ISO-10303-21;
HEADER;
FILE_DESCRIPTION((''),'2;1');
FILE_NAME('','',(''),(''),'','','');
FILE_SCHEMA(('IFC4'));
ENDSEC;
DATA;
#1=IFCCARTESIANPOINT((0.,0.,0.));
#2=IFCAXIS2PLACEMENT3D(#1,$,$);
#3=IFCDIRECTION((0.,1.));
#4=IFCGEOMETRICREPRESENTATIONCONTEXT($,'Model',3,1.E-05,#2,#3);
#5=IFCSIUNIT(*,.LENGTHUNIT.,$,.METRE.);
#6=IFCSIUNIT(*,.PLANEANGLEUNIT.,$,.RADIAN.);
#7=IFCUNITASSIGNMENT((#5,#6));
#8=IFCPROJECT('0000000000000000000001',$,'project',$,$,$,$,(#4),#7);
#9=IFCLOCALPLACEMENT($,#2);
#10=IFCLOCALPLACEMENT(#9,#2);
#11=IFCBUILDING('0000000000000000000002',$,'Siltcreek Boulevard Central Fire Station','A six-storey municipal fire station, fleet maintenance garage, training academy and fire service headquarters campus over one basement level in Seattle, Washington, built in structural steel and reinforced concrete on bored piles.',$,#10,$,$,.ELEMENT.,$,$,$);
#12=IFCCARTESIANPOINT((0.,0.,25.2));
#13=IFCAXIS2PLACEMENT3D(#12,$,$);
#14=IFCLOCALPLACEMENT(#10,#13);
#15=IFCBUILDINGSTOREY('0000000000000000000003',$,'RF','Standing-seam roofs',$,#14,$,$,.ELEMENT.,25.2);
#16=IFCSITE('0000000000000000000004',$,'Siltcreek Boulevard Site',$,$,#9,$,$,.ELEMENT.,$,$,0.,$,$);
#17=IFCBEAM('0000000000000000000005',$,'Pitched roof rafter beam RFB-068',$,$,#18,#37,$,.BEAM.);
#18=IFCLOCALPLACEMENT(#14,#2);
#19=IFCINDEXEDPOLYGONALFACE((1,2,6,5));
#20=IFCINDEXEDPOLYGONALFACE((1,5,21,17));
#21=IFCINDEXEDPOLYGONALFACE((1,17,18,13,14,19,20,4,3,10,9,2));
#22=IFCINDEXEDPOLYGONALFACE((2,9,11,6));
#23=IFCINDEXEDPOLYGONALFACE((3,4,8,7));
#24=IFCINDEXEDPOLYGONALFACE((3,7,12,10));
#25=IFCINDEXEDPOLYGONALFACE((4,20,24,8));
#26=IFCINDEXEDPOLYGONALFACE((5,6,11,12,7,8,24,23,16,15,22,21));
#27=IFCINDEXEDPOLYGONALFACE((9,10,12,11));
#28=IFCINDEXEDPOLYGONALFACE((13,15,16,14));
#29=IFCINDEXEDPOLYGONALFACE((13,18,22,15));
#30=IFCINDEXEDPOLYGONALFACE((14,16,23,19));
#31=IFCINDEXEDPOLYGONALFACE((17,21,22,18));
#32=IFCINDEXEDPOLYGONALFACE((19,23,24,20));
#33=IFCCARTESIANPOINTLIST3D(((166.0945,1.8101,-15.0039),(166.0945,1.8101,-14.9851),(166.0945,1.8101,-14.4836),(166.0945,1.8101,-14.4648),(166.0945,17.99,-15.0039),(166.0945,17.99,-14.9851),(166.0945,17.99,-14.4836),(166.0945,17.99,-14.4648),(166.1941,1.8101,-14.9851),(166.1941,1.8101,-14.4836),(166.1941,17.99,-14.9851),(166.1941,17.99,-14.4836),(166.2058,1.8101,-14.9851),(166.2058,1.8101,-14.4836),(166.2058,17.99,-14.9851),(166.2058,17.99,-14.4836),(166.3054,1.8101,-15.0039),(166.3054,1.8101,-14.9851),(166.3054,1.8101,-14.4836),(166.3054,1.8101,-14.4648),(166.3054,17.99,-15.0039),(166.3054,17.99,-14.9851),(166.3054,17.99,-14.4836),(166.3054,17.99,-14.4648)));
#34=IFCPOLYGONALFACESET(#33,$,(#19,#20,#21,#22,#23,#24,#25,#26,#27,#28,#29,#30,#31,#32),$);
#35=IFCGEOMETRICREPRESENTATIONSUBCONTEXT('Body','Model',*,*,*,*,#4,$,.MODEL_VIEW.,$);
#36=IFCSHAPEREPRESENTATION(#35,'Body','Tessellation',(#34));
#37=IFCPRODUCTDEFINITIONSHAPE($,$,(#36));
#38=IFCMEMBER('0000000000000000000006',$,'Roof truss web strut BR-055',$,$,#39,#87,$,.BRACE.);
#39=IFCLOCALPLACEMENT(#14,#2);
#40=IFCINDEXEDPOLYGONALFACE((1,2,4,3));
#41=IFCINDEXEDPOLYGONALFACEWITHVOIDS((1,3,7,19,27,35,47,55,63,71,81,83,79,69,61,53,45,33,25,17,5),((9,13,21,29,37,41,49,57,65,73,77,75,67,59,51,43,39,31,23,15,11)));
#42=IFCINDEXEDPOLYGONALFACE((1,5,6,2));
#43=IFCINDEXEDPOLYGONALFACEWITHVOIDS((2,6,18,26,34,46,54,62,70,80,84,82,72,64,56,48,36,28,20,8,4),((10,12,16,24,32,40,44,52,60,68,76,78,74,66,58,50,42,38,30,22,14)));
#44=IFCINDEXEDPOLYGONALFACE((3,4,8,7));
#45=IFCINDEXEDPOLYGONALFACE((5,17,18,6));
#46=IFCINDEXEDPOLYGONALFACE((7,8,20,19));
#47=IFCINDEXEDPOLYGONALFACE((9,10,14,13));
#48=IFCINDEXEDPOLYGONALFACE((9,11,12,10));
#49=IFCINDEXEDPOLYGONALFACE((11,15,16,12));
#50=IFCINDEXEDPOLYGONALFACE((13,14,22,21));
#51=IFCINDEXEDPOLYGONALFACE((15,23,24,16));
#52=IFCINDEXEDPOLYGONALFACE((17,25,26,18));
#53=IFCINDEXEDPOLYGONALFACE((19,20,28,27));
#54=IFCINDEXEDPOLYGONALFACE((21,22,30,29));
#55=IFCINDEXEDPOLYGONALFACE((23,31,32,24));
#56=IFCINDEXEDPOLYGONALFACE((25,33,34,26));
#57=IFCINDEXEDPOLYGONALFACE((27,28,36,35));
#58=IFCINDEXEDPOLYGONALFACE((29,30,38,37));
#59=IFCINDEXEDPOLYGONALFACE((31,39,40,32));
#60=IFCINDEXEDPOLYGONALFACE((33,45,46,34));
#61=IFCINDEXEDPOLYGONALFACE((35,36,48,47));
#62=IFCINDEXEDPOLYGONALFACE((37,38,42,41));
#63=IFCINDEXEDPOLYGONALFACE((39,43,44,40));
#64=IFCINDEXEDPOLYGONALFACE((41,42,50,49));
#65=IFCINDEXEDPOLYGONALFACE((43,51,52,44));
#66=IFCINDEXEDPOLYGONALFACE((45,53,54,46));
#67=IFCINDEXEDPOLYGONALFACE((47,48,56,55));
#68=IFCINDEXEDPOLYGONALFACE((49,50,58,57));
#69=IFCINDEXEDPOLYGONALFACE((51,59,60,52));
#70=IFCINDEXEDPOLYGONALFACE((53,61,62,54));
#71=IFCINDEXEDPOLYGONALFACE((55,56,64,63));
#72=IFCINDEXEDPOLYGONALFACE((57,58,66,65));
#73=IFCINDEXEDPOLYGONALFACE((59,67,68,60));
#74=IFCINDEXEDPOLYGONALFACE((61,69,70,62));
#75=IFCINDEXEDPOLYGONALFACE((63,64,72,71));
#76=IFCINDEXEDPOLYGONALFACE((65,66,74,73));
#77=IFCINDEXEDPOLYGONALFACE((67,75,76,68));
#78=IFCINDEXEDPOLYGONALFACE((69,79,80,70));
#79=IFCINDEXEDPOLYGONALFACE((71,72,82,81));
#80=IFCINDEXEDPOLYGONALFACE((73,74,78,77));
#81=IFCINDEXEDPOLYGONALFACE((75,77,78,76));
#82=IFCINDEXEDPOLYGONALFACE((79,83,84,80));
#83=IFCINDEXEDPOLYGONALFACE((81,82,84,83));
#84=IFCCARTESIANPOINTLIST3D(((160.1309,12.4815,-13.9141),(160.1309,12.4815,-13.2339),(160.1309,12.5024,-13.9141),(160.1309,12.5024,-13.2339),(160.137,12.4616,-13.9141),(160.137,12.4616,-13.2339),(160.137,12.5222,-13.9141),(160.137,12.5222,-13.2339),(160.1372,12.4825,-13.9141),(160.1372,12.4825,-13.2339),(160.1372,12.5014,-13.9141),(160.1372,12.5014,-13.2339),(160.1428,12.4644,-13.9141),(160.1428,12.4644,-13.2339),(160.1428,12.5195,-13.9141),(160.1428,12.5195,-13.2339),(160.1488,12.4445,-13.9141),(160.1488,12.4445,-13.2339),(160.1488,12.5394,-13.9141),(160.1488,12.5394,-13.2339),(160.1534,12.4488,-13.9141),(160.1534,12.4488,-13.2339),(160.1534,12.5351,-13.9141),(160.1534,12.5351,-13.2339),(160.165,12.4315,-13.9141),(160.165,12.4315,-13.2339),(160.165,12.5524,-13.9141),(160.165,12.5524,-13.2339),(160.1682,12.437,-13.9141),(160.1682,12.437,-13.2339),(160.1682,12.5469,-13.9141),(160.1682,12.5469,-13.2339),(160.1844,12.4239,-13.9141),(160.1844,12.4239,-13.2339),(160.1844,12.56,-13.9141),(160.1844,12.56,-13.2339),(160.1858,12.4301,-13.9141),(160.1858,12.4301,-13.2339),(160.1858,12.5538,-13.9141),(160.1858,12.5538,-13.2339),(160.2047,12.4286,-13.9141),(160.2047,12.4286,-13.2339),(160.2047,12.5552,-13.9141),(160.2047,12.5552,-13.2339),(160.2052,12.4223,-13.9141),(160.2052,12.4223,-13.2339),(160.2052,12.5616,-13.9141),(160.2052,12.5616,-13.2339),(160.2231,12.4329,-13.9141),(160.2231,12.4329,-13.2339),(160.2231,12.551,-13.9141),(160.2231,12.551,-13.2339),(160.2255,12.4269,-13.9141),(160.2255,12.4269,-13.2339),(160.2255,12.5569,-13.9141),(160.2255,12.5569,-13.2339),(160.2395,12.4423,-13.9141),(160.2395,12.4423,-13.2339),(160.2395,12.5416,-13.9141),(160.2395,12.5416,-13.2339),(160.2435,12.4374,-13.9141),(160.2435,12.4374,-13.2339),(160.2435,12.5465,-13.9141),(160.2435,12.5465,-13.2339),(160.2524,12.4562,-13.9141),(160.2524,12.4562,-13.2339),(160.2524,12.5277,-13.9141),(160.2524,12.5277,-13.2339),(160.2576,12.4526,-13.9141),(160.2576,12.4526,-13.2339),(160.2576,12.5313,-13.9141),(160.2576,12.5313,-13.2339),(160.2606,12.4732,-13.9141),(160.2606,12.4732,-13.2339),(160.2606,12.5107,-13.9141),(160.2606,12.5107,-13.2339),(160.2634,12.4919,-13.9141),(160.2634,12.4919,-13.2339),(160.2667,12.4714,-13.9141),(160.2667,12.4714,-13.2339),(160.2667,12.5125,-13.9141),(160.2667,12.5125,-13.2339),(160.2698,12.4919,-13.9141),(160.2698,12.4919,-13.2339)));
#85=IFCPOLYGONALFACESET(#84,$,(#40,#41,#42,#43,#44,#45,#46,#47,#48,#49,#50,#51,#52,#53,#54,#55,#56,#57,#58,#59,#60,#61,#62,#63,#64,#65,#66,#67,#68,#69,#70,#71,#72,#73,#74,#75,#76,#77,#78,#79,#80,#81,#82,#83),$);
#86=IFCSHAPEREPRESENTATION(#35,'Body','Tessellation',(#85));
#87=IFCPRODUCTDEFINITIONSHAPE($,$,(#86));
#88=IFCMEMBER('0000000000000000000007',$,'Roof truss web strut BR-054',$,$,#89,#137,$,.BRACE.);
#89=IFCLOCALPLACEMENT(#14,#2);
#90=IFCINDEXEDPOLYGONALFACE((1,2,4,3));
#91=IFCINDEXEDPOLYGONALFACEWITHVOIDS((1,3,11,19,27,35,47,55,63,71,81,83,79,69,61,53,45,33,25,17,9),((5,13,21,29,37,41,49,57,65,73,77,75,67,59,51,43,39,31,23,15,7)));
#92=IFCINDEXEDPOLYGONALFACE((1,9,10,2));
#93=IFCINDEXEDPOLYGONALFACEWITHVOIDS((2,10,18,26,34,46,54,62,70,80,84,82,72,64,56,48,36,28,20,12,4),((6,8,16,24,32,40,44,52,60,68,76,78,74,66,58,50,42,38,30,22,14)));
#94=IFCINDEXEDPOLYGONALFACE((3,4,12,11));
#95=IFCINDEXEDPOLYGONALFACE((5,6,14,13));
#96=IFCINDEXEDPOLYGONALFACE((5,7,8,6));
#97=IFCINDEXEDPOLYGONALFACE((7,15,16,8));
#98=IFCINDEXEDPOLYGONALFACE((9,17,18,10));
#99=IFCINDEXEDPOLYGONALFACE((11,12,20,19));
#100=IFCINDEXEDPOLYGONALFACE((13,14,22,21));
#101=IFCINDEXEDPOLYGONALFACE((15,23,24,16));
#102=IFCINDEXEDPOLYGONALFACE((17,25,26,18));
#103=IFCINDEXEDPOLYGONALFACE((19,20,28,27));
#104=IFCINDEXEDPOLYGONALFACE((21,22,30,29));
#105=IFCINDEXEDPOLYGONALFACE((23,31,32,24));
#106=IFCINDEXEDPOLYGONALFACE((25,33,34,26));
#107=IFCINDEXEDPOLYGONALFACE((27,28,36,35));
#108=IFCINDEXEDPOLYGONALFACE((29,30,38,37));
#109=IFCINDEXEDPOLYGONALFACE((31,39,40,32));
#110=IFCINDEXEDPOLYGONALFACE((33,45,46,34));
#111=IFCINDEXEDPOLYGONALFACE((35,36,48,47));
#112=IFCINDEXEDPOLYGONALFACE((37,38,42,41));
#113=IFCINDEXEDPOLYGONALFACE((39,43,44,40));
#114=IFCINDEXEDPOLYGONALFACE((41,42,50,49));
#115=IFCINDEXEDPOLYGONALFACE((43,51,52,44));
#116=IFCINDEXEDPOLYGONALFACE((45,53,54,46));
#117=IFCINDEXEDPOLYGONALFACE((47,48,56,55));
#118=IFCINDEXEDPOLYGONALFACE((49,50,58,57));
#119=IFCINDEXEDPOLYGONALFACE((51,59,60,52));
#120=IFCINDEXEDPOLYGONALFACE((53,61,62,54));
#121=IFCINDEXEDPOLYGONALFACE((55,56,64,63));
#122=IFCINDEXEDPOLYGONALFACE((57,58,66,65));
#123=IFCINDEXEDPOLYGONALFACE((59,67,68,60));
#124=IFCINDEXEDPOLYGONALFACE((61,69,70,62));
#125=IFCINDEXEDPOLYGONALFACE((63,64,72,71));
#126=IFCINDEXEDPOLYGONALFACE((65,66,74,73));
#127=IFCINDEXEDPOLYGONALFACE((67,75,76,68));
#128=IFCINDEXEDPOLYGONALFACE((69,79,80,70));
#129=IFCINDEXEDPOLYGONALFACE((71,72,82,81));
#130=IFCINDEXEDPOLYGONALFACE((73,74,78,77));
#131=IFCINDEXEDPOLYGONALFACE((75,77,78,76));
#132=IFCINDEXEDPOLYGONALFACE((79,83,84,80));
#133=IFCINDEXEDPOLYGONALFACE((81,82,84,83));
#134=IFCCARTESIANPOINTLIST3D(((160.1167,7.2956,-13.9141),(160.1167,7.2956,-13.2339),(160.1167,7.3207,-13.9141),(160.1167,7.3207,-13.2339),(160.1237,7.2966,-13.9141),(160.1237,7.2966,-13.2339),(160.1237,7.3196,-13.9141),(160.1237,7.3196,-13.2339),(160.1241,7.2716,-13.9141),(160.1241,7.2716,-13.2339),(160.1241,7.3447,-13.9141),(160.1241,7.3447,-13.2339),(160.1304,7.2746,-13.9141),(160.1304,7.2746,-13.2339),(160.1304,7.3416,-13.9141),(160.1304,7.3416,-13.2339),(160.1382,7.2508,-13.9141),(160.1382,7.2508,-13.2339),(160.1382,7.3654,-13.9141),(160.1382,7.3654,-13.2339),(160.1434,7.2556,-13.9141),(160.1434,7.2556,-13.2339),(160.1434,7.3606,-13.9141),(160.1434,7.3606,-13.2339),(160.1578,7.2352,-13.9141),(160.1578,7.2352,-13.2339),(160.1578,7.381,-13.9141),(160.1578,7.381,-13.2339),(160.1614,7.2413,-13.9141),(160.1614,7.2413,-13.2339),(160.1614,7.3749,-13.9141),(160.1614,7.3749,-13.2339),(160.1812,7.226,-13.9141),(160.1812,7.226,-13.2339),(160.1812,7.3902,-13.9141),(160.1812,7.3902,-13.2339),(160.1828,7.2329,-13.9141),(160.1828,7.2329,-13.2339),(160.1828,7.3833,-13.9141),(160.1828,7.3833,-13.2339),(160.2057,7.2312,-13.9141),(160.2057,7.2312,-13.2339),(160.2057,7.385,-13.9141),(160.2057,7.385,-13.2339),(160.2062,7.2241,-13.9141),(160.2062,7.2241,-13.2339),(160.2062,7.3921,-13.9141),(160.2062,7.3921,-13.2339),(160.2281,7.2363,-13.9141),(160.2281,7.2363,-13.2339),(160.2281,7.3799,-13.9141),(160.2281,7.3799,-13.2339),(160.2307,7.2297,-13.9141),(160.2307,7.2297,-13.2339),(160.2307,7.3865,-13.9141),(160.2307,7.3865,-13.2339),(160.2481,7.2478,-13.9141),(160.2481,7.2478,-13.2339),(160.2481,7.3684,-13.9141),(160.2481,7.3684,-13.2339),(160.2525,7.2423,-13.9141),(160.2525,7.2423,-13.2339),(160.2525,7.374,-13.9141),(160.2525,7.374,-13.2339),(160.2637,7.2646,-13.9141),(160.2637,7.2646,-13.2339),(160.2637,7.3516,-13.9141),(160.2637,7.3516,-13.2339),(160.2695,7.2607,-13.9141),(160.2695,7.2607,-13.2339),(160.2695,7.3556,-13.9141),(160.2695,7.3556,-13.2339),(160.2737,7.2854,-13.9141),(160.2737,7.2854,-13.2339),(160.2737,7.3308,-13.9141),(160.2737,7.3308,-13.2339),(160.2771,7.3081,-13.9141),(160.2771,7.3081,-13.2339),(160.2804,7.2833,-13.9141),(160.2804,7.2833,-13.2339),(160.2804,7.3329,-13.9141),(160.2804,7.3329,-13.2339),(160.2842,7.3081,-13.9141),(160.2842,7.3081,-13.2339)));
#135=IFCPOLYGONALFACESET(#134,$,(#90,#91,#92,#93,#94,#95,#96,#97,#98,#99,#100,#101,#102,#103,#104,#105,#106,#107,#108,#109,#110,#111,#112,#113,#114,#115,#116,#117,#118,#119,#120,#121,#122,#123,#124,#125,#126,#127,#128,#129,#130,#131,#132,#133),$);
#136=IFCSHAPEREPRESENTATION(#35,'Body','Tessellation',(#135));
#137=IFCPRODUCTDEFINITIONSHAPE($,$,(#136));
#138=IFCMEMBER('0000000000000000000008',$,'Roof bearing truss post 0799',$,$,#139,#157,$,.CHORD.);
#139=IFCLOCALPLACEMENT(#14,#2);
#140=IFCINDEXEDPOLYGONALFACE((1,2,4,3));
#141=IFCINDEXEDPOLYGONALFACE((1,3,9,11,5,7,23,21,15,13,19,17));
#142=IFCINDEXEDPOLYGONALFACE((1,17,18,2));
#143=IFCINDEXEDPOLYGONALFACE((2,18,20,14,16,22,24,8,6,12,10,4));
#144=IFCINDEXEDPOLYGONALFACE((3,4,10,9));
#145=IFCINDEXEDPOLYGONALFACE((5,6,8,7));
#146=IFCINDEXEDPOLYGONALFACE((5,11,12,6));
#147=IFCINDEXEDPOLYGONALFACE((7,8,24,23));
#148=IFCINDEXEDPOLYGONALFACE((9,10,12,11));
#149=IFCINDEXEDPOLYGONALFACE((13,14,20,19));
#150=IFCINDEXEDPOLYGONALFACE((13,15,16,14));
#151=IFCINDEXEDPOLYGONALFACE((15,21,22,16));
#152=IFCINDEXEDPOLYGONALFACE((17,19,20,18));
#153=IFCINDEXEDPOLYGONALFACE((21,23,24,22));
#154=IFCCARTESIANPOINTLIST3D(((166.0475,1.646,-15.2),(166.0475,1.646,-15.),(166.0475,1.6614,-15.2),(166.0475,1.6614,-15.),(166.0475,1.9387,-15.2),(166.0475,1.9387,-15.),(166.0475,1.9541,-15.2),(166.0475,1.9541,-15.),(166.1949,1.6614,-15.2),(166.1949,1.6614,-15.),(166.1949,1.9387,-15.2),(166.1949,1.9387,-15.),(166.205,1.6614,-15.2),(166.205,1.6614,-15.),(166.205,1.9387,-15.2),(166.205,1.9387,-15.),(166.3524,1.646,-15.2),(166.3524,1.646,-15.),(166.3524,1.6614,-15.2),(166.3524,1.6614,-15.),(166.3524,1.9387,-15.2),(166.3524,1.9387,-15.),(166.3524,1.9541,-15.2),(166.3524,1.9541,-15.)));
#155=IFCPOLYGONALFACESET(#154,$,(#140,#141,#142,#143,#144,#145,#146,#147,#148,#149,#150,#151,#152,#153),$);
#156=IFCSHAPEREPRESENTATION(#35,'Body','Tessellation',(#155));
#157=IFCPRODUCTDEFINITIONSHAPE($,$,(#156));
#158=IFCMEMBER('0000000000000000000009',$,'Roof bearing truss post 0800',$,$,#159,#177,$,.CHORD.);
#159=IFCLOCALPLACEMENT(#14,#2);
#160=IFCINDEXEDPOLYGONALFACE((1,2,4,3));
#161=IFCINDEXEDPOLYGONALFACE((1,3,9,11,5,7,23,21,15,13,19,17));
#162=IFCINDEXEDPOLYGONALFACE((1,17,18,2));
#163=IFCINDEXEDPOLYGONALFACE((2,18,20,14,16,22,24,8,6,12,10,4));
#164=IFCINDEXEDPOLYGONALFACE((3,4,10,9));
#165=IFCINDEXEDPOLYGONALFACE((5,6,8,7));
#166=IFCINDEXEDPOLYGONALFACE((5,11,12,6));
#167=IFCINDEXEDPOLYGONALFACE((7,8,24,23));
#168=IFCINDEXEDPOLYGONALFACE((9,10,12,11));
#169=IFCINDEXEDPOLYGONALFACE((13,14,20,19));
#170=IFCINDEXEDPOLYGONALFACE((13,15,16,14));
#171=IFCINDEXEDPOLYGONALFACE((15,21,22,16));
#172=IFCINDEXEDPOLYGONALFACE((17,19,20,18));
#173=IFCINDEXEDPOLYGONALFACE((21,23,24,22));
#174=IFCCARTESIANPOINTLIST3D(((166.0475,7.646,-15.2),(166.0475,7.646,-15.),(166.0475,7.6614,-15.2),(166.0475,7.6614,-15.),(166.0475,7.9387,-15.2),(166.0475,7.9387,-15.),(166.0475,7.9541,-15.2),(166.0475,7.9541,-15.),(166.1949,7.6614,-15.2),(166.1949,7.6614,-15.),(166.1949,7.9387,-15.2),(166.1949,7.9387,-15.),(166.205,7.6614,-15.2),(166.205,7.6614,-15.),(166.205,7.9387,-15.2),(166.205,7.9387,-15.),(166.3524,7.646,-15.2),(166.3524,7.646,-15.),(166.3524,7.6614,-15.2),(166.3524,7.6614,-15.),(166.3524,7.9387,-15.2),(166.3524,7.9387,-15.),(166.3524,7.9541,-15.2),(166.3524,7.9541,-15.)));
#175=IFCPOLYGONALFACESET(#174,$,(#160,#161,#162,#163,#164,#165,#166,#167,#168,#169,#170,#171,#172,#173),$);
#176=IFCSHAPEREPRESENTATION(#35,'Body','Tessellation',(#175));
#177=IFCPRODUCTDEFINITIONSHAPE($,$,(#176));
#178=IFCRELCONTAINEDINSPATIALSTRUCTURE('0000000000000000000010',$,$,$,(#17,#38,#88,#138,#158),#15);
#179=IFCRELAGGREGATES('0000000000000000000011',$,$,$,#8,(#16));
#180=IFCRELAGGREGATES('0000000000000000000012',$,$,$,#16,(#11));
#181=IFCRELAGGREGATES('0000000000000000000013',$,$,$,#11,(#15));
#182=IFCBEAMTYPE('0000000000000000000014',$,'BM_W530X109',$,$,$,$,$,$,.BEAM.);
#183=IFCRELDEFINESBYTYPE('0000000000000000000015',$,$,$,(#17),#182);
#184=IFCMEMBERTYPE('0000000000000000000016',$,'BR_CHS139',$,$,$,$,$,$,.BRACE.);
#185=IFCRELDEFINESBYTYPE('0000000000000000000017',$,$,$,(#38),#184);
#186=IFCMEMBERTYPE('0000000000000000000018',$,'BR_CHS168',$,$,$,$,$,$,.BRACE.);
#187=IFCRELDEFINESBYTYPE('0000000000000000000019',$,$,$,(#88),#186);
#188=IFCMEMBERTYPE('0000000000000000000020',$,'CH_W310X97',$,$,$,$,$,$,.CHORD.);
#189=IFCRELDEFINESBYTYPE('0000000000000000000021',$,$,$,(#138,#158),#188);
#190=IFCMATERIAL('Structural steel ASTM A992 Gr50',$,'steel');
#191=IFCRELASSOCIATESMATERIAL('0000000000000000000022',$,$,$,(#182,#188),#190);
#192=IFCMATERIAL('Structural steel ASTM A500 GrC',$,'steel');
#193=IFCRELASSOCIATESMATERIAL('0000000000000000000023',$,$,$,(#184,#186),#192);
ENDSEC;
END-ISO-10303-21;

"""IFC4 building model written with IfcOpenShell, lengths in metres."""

from ifc_helpers import new_model, si_unit, direction, frame, origin, origin_2d, place, context, subcontext, project, spatial, hollow_circle, i_section, extrude, material, material_profile, profile_set, type_object, element, save


model = new_model("IFC4")

# Units and contexts
model_context = context("Model", 3, precision=1e-05, world=origin(), true_north=direction((0.0, 1.0)))
body_context = subcontext(model_context, "Body", "Model", "MODEL_VIEW")
ifc_project = project(units=[si_unit("LENGTHUNIT", "METRE"), si_unit("PLANEANGLEUNIT", "RADIAN")], contexts=[model_context])

# Site, building, storey
site_placement = place(None, origin())
site = spatial("IfcSite", under=ifc_project, at=site_placement, Name="Siltcreek Boulevard Site", CompositionType="ELEMENT", RefElevation=0.0)
building_placement = place(site_placement, origin())
building = spatial("IfcBuilding", under=site, at=building_placement, Name="Siltcreek Boulevard Central Fire Station", Description="A six-storey municipal fire station, fleet maintenance garage, training academy and fire service headquarters campus over one basement level in Seattle, Washington, built in structural steel and reinforced concrete on bored piles.", CompositionType="ELEMENT")
storey_placement = place(building_placement, frame((0.0, 0.0, 25.2)))
storey = spatial("IfcBuildingStorey", under=building, at=storey_placement, Name="RF", Description="Standing-seam roofs", CompositionType="ELEMENT", Elevation=25.2)

# Beam
ifc_material_1 = material(Name="Structural steel ASTM A992 Gr50", Category="steel")
ifc_material_profile_1 = material_profile(ifc_material_1, i_section(OverallWidth=0.2109, OverallDepth=0.5391, WebThickness=0.0117, FlangeThickness=0.0188, at=origin_2d()), Name="W530X109")
ifc_profile_set_1 = profile_set([ifc_material_profile_1], Name="Structural steel ASTM A992 Gr50")
beam_type = type_object("IfcBeamType", Name="BM_W530X109", PredefinedType="BEAM", material=ifc_profile_set_1)
beam_placement = place(storey_placement, frame((166.2, 1.8101, -14.7344), z_axis=(0.0, 1.0, 0.0), x_axis=(-1.0, 0.0, 0.0)))
element("IfcBeam", 1, at=beam_placement, inside=storey, type_object=beam_type, Name="Pitched roof rafter beam RFB-068", PredefinedType="BEAM", context=body_context, shape_type="SweptSolid", body=[
    extrude(i_section(OverallWidth=0.2109, OverallDepth=0.5391, WebThickness=0.0117, FlangeThickness=0.0188, at=origin_2d()), origin(), (0.0, 0.0, 1.0), 16.1799),
])

# Members
ifc_material_2 = material(Name="Structural steel ASTM A500 GrC", Category="steel")
ifc_material_profile_2 = material_profile(ifc_material_2, hollow_circle(Radius=0.0698, WallThickness=0.0063, at=origin_2d()), Name="HSS139.7X6.4")
ifc_profile_set_2 = profile_set([ifc_material_profile_2], Name="Structural steel ASTM A500 GrC")
member_type_1 = type_object("IfcMemberType", Name="BR_CHS139", PredefinedType="BRACE", material=ifc_profile_set_2)
member_1_placement = place(storey_placement, frame((160.2, 12.4919, -13.9141), z_axis=(0.0, 0.0, 1.0), x_axis=(1.0, 0.0, 0.0)))
element("IfcMember", 2, at=member_1_placement, inside=storey, type_object=member_type_1, Name="Roof truss web strut BR-055", PredefinedType="BRACE", context=body_context, shape_type="SweptSolid", body=[
    extrude(hollow_circle(Radius=0.0698, WallThickness=0.0063, at=origin_2d()), origin(), (0.0, 0.0, 1.0), 0.6802),
])
ifc_material_profile_3 = material_profile(ifc_material_2, hollow_circle(Radius=0.0842, WallThickness=0.0071, at=origin_2d()), Name="HSS168.3X7.1")
ifc_profile_set_3 = profile_set([ifc_material_profile_3], Name="Structural steel ASTM A500 GrC")
member_type_2 = type_object("IfcMemberType", Name="BR_CHS168", PredefinedType="BRACE", material=ifc_profile_set_3)
member_2_placement = place(storey_placement, frame((160.2, 7.3081, -13.9141), z_axis=(0.0, 0.0, 1.0), x_axis=(1.0, 0.0, 0.0)))
element("IfcMember", 3, at=member_2_placement, inside=storey, type_object=member_type_2, Name="Roof truss web strut BR-054", PredefinedType="BRACE", context=body_context, shape_type="SweptSolid", body=[
    extrude(hollow_circle(Radius=0.0842, WallThickness=0.0071, at=origin_2d()), origin(), (0.0, 0.0, 1.0), 0.6802),
])
ifc_material_profile_4 = material_profile(ifc_material_1, i_section(OverallWidth=0.3049, OverallDepth=0.3081, WebThickness=0.01, FlangeThickness=0.0154, at=origin_2d()), Name="W310X97")
ifc_profile_set_4 = profile_set([ifc_material_profile_4], Name="Structural steel ASTM A992 Gr50")
member_type_3 = type_object("IfcMemberType", Name="CH_W310X97", PredefinedType="CHORD", material=ifc_profile_set_4)
for number, where, z_axis, x_axis, name in (
    (4, (166.2, 1.8, -15.2), (0.0, 0.0, 1.0), (1.0, 0.0, 0.0), "Roof bearing truss post 0799"),
    (5, (166.2, 7.8, -15.2), (0.0, 0.0, 1.0), (1.0, 0.0, 0.0), "Roof bearing truss post 0800"),
):
    element("IfcMember", number, at=place(storey_placement, frame(where, z_axis=z_axis, x_axis=x_axis)), inside=storey, type_object=member_type_3, Name=name, PredefinedType="CHORD", context=body_context, shape_type="SweptSolid", body=[
        extrude(i_section(OverallWidth=0.3049, OverallDepth=0.3081, WebThickness=0.01, FlangeThickness=0.0154, at=origin_2d()), origin(), (0.0, 0.0, 1.0), 0.2),
    ])

save(model, "model.ifc")
